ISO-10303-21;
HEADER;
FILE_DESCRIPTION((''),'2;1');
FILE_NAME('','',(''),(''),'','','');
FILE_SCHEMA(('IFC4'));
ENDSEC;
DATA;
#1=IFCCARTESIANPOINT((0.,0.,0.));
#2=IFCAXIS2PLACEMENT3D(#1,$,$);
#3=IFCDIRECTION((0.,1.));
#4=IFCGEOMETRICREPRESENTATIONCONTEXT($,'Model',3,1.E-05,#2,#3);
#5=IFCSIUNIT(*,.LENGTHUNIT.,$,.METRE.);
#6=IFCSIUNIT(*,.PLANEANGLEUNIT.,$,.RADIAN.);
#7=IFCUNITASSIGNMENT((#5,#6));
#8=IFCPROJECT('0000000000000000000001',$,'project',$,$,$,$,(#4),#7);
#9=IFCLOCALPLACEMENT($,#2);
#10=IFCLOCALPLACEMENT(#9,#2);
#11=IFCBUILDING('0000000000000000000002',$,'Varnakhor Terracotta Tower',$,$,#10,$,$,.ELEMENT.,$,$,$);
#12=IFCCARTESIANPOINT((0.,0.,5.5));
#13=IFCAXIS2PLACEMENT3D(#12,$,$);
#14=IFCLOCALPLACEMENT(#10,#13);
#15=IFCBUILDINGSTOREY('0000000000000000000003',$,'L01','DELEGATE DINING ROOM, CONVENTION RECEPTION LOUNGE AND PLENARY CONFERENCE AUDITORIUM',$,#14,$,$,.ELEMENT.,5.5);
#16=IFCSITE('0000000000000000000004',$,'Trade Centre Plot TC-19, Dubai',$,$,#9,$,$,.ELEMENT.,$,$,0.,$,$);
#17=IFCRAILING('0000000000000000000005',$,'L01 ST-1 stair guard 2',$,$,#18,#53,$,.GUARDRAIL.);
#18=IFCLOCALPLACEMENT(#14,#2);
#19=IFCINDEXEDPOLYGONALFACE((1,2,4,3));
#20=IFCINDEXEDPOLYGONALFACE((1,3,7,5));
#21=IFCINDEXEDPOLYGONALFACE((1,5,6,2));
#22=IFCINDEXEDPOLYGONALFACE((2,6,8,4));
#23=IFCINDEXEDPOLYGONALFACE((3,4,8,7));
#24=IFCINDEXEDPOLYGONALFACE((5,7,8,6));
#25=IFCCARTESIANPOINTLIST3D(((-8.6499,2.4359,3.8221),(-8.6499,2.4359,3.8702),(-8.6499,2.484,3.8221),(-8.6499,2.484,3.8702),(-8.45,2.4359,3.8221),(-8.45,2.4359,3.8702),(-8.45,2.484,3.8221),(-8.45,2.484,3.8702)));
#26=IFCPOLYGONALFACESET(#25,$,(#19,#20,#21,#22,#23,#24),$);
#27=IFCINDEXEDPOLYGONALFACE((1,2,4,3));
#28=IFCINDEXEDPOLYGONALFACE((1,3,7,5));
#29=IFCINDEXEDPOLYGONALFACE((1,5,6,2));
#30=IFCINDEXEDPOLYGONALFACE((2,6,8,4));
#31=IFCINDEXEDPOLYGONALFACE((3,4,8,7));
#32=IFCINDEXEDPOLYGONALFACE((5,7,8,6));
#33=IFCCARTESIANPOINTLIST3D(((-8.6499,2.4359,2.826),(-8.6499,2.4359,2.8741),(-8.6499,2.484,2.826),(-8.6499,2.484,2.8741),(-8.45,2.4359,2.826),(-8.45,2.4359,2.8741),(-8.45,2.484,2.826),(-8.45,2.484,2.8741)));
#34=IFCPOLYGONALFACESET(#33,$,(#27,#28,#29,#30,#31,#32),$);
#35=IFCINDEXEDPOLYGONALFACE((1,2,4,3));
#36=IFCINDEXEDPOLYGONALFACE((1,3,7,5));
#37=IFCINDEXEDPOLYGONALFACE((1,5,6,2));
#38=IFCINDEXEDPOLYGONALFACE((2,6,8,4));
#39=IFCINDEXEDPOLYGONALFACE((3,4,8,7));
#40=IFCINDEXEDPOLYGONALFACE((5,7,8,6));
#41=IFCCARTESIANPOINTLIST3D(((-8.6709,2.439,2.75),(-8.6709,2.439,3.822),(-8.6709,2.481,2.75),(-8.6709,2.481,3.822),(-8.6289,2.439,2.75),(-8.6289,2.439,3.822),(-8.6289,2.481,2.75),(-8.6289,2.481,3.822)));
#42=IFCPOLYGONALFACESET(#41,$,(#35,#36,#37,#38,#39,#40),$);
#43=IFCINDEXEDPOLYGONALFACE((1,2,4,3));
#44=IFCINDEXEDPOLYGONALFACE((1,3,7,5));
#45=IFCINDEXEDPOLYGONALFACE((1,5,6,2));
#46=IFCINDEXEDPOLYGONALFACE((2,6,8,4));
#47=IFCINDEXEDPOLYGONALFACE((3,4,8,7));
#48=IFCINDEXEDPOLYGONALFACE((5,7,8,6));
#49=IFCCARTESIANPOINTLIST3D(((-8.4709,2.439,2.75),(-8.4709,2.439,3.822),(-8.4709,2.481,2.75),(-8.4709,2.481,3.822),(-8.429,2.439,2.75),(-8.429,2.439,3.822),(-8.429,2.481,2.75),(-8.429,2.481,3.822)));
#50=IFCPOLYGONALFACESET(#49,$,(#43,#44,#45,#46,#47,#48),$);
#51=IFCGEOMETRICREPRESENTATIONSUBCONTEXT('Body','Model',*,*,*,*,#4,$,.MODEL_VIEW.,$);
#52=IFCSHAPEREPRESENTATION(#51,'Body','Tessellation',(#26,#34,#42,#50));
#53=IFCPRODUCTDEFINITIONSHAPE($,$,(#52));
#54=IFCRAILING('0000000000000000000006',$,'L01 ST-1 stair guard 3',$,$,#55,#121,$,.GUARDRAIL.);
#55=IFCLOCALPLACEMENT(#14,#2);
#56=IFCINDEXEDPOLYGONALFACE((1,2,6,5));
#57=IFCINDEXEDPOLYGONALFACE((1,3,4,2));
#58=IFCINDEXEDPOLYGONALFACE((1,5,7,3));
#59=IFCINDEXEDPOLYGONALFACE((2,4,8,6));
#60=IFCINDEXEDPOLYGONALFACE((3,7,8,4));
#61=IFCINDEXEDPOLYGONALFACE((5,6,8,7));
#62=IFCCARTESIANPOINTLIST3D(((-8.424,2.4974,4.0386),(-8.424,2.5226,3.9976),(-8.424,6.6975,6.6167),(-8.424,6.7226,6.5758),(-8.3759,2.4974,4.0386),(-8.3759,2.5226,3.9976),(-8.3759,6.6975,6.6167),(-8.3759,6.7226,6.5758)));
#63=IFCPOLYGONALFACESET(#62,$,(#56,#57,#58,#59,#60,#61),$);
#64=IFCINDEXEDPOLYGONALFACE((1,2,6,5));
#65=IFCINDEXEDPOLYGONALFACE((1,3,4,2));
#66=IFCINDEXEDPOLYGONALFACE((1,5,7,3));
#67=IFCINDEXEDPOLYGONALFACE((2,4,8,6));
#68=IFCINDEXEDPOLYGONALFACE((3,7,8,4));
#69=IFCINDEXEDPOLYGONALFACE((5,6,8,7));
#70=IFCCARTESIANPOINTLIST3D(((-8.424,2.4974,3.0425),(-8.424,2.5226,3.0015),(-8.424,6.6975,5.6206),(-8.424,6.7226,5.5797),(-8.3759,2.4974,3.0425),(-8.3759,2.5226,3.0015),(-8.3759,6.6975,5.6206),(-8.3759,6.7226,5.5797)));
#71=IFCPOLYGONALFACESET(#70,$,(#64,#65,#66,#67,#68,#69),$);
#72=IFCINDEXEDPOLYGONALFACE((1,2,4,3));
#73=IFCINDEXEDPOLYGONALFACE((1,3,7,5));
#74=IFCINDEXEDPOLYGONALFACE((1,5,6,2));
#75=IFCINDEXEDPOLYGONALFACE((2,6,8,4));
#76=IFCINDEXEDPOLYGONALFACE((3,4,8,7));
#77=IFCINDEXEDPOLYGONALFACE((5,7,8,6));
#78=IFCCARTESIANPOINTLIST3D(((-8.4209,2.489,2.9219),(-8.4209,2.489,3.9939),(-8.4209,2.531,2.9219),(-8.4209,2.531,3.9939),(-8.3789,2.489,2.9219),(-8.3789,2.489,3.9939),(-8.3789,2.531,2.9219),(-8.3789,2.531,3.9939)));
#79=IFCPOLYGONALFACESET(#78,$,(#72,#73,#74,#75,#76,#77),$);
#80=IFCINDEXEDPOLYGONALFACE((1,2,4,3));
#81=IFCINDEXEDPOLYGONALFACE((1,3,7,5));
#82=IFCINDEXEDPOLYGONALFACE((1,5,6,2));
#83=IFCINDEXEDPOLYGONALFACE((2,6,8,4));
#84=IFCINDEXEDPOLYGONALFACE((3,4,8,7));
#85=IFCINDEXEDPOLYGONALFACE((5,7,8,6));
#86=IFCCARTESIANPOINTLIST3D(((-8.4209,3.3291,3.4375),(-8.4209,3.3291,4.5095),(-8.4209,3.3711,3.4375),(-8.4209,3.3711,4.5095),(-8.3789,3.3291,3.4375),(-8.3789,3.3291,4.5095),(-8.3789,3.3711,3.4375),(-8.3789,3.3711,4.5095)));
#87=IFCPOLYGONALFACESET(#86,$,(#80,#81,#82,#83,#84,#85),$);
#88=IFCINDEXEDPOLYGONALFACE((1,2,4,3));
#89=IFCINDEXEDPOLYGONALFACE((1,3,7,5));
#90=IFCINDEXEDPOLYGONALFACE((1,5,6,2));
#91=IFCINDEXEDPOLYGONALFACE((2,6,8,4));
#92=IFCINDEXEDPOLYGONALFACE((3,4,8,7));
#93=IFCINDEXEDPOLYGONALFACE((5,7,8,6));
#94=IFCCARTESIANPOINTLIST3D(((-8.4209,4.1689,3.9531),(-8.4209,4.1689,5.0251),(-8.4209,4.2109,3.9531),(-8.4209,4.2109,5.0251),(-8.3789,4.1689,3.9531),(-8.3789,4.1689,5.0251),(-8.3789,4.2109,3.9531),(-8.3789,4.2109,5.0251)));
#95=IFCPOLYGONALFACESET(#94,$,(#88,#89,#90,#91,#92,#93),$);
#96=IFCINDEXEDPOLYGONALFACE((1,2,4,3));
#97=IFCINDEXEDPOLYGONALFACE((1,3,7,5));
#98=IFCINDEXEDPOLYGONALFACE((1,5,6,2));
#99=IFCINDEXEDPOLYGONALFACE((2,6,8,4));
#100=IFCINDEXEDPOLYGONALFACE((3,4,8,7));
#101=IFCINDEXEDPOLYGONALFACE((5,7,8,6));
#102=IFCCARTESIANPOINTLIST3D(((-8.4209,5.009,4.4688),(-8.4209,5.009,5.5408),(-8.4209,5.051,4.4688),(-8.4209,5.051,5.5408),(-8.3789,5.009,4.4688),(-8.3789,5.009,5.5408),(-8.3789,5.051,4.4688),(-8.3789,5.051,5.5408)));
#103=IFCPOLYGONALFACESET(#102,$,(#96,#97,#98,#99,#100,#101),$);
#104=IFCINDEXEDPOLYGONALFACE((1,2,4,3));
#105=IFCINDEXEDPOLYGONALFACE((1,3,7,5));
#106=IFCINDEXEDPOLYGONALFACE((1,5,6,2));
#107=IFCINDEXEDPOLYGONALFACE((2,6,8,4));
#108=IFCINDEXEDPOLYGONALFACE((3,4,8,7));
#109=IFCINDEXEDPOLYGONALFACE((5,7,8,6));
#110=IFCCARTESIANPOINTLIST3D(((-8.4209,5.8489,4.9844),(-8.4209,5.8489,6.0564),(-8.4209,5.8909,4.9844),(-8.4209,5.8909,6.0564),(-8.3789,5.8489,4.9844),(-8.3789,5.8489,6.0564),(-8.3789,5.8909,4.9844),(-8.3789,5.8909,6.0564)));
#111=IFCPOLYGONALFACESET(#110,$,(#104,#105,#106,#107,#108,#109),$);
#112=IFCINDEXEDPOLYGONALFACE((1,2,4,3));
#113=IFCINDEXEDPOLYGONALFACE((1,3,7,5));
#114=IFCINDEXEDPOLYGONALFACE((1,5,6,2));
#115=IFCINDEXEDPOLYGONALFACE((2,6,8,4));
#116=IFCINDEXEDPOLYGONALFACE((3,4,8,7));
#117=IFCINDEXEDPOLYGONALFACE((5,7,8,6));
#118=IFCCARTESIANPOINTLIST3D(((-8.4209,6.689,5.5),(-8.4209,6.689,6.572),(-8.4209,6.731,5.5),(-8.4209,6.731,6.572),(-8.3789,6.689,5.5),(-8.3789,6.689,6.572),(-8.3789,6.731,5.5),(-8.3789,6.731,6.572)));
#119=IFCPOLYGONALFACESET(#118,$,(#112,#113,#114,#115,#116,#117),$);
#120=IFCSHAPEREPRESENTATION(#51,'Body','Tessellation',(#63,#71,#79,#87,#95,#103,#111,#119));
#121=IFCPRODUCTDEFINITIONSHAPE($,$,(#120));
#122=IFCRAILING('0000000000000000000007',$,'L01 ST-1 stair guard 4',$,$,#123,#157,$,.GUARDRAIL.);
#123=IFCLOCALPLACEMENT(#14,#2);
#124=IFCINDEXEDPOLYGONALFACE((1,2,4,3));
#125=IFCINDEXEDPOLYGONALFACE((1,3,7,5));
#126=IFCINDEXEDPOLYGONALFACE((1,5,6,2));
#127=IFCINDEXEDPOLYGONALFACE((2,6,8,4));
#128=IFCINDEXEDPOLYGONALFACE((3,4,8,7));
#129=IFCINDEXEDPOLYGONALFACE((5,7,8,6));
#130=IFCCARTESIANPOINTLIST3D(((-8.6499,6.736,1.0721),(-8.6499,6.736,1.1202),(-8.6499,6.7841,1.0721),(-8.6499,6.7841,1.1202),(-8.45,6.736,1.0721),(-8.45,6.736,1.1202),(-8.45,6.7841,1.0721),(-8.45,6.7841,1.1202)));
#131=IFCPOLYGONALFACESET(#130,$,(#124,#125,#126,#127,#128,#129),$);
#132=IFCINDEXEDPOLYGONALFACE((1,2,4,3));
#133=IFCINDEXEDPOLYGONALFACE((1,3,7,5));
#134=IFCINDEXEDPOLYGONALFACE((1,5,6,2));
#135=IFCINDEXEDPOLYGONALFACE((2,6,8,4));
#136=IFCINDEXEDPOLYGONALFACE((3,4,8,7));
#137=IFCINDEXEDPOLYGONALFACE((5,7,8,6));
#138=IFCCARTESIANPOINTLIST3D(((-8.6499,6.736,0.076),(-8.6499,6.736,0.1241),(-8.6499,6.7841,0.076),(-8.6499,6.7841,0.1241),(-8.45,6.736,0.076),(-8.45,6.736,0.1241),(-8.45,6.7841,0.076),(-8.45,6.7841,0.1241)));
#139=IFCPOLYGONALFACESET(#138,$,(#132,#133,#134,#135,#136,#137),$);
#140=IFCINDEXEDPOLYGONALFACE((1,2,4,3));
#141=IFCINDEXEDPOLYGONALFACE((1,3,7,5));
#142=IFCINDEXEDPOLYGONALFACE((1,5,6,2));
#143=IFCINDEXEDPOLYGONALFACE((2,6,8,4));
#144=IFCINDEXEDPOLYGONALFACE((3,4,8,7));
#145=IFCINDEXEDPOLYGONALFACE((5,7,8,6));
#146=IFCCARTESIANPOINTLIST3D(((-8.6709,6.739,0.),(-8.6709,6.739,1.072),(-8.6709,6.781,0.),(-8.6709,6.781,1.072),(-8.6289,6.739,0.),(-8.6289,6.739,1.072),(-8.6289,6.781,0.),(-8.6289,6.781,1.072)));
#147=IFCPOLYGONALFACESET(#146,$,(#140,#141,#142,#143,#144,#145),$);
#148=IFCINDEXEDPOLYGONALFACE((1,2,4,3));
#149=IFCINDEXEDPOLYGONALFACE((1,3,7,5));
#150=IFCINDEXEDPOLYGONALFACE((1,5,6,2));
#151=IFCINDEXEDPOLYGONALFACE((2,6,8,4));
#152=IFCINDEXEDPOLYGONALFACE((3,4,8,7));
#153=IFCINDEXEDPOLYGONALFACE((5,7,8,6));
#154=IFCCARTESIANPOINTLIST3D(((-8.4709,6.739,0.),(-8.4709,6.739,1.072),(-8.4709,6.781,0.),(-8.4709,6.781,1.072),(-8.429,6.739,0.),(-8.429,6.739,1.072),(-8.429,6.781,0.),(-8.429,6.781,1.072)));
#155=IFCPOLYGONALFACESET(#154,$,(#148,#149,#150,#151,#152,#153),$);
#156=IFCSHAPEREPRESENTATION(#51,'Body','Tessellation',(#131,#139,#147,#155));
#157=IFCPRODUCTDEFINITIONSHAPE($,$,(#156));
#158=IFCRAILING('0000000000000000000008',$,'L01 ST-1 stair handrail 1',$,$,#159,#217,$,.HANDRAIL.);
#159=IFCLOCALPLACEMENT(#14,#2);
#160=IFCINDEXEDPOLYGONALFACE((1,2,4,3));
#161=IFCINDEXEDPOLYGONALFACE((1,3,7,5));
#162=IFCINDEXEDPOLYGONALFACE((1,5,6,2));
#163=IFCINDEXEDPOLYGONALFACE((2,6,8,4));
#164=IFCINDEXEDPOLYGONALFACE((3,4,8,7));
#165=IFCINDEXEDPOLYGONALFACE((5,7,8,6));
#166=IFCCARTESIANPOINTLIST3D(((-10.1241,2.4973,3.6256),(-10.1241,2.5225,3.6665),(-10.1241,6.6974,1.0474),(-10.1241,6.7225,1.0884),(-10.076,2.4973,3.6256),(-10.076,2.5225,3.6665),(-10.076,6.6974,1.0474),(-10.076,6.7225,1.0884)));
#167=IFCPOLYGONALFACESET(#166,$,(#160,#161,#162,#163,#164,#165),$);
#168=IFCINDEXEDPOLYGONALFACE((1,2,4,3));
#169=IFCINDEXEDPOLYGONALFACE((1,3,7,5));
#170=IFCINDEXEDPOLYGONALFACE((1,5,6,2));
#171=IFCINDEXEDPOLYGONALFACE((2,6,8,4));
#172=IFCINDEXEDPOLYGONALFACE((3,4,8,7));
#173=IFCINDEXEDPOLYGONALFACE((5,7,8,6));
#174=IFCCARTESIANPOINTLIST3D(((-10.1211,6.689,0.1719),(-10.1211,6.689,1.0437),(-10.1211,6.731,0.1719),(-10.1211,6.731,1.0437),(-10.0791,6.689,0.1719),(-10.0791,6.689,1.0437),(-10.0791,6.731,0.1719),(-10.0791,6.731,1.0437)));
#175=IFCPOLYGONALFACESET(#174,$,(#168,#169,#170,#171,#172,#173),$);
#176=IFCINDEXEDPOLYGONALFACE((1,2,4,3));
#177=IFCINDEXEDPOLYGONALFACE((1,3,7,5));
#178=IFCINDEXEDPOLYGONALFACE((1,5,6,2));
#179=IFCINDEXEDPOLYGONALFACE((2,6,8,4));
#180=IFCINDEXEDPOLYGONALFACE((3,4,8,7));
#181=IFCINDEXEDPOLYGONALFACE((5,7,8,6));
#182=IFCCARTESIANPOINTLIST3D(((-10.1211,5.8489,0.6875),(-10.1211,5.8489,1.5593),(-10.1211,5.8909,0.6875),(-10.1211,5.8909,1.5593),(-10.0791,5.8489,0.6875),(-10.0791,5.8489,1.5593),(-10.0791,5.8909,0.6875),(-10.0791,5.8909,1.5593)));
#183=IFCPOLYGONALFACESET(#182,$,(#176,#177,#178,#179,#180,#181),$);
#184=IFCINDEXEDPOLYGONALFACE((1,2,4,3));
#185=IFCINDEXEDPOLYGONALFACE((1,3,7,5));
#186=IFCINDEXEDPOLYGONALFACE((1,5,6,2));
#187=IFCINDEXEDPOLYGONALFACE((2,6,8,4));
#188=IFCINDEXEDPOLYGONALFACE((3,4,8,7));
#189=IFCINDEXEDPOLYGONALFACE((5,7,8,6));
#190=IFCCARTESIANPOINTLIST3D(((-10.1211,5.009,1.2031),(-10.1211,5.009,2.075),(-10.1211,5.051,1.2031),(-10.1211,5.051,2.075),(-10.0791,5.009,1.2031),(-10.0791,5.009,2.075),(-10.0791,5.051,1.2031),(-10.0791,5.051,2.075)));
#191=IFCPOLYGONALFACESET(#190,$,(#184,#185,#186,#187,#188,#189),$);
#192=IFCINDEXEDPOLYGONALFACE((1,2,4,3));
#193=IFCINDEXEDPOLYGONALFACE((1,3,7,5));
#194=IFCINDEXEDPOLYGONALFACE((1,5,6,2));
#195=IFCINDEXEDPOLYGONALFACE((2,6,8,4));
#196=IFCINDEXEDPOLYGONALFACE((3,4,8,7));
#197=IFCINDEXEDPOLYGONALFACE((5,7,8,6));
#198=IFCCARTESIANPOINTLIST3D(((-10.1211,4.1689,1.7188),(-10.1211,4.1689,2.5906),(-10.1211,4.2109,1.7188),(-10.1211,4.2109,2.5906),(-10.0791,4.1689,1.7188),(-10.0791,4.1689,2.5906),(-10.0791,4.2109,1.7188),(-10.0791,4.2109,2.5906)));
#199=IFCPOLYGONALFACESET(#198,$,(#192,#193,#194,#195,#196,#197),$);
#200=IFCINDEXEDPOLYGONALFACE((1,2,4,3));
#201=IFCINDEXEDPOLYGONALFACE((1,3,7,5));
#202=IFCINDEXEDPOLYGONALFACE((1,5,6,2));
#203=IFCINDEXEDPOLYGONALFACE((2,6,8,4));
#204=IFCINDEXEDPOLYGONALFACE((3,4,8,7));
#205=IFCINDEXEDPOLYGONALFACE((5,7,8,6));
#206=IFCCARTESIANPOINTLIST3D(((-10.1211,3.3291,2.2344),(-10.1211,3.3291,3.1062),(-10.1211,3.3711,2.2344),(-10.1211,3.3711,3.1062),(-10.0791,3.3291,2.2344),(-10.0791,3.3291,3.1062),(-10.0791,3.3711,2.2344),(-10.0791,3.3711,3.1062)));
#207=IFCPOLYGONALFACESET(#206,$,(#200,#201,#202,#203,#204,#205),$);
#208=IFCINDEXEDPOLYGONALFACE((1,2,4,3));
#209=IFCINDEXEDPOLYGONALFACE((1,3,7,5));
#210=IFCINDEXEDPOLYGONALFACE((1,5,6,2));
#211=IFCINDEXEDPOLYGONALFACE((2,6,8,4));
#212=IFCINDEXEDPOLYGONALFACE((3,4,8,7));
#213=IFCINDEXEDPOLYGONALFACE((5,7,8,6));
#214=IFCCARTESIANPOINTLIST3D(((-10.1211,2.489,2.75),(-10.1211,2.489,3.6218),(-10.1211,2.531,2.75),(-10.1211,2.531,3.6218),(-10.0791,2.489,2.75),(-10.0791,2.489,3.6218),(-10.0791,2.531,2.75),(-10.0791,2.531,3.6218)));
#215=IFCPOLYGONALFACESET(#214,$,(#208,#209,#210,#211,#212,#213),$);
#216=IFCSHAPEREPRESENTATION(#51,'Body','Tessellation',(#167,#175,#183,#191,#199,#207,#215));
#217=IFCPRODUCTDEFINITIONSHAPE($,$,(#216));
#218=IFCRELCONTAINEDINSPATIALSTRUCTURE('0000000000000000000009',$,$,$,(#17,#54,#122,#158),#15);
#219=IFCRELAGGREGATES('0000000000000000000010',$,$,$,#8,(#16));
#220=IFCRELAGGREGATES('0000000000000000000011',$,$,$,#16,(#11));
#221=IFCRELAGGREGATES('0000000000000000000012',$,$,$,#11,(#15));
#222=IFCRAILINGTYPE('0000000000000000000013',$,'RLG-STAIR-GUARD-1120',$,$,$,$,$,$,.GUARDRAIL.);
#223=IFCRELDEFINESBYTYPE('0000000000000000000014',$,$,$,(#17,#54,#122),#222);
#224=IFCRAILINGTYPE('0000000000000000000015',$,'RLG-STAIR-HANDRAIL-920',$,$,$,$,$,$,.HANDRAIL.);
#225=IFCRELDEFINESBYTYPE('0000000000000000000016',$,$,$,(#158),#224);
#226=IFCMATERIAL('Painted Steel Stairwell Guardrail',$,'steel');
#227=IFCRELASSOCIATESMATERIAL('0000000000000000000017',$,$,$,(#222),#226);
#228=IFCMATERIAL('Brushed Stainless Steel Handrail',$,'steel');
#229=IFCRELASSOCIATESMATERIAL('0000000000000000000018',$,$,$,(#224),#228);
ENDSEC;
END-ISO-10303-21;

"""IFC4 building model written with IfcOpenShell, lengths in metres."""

from ifc_helpers import new_model, si_unit, direction, frame, origin, origin_2d, place, context, subcontext, project, spatial, rectangle, extrude, material, type_object, element, save


model = new_model("IFC4")

# Units and contexts
model_context = context("Model", 3, precision=1e-05, world=origin(), true_north=direction((0.0, 1.0)))
body_context = subcontext(model_context, "Body", "Model", "MODEL_VIEW")
ifc_project = project(units=[si_unit("LENGTHUNIT", "METRE"), si_unit("PLANEANGLEUNIT", "RADIAN")], contexts=[model_context])

# Site, building, storey
site_placement = place(None, origin())
site = spatial("IfcSite", under=ifc_project, at=site_placement, Name="Trade Centre Plot TC-19, Dubai", CompositionType="ELEMENT", RefElevation=0.0)
building_placement = place(site_placement, origin())
building = spatial("IfcBuilding", under=site, at=building_placement, Name="Varnakhor Terracotta Tower", CompositionType="ELEMENT")
storey_placement = place(building_placement, frame((0.0, 0.0, 5.5)))
storey = spatial("IfcBuildingStorey", under=building, at=storey_placement, Name="L01", Description="DELEGATE DINING ROOM, CONVENTION RECEPTION LOUNGE AND PLENARY CONFERENCE AUDITORIUM", CompositionType="ELEMENT", Elevation=5.5)

# Railings
ifc_material_1 = material(Name="Painted Steel Stairwell Guardrail", Category="steel")
railing_type_1 = type_object("IfcRailingType", Name="RLG-STAIR-GUARD-1120", PredefinedType="GUARDRAIL", material=ifc_material_1)
railing_1_placement = place(storey_placement, frame((-8.6499, 2.46, 2.75)))
element("IfcRailing", 1, at=railing_1_placement, inside=storey, type_object=railing_type_1, Name="L01 ST-1 stair guard 2", PredefinedType="GUARDRAIL", context=body_context, shape_type="SweptSolid", body=[
    extrude(rectangle(XDim=0.0481, YDim=0.0481, at=origin_2d()), frame((0.0, 0.0, 1.0962), z_axis=(1.0, 0.0, 0.0), x_axis=(0.0, 1.0, 0.0)), (0.0, 0.0, 1.0), 0.2),
    extrude(rectangle(XDim=0.0481, YDim=0.0481, at=origin_2d()), frame((0.0, 0.0, 0.1001), z_axis=(1.0, 0.0, 0.0), x_axis=(0.0, 1.0, 0.0)), (0.0, 0.0, 1.0), 0.2),
    extrude(rectangle(XDim=0.042, YDim=0.042, at=origin_2d()), origin(), (0.0, 0.0, 1.0), 1.072),
    extrude(rectangle(XDim=0.042, YDim=0.042, at=origin_2d()), frame((0.2, 0.0, 0.0)), (0.0, 0.0, 1.0), 1.072),
])
railing_2_placement = place(storey_placement, frame((-8.3999, 2.51, 2.9219)))
element("IfcRailing", 2, at=railing_2_placement, inside=storey, type_object=railing_type_1, Name="L01 ST-1 stair guard 3", PredefinedType="GUARDRAIL", context=body_context, shape_type="SweptSolid", body=[
    extrude(rectangle(XDim=0.0481, YDim=0.0481, at=origin_2d()), frame((0.0, 0.0, 1.0962), z_axis=(0.0, 0.852243, 0.523146), x_axis=(-1.0, 0.0, 0.0)), (0.0, 0.0, 1.0), 4.9282),
    extrude(rectangle(XDim=0.0481, YDim=0.0481, at=origin_2d()), frame((0.0, 0.0, 0.1001), z_axis=(0.0, 0.852243, 0.523146), x_axis=(-1.0, 0.0, 0.0)), (0.0, 0.0, 1.0), 4.9282),
    extrude(rectangle(XDim=0.042, YDim=0.042, at=origin_2d()), origin(), (0.0, 0.0, 1.0), 1.072),
    extrude(rectangle(XDim=0.042, YDim=0.042, at=origin_2d()), frame((0.0, 0.8401, 0.5156)), (0.0, 0.0, 1.0), 1.072),
    extrude(rectangle(XDim=0.042, YDim=0.042, at=origin_2d()), frame((0.0, 1.6799, 1.0312)), (0.0, 0.0, 1.0), 1.072),
    extrude(rectangle(XDim=0.042, YDim=0.042, at=origin_2d()), frame((0.0, 2.52, 1.5469)), (0.0, 0.0, 1.0), 1.072),
    extrude(rectangle(XDim=0.042, YDim=0.042, at=origin_2d()), frame((0.0, 3.3599, 2.0625)), (0.0, 0.0, 1.0), 1.072),
    extrude(rectangle(XDim=0.042, YDim=0.042, at=origin_2d()), frame((0.0, 4.2, 2.5781)), (0.0, 0.0, 1.0), 1.072),
])
railing_3_placement = place(storey_placement, frame((-8.6499, 6.76, 0.0)))
element("IfcRailing", 3, at=railing_3_placement, inside=storey, type_object=railing_type_1, Name="L01 ST-1 stair guard 4", PredefinedType="GUARDRAIL", context=body_context, shape_type="SweptSolid", body=[
    extrude(rectangle(XDim=0.0481, YDim=0.0481, at=origin_2d()), frame((0.0, 0.0, 1.0962), z_axis=(1.0, 0.0, 0.0), x_axis=(0.0, 1.0, 0.0)), (0.0, 0.0, 1.0), 0.2),
    extrude(rectangle(XDim=0.0481, YDim=0.0481, at=origin_2d()), frame((0.0, 0.0, 0.1001), z_axis=(1.0, 0.0, 0.0), x_axis=(0.0, 1.0, 0.0)), (0.0, 0.0, 1.0), 0.2),
    extrude(rectangle(XDim=0.042, YDim=0.042, at=origin_2d()), origin(), (0.0, 0.0, 1.0), 1.072),
    extrude(rectangle(XDim=0.042, YDim=0.042, at=origin_2d()), frame((0.2, 0.0, 0.0)), (0.0, 0.0, 1.0), 1.072),
])
ifc_material_2 = material(Name="Brushed Stainless Steel Handrail", Category="steel")
railing_type_2 = type_object("IfcRailingType", Name="RLG-STAIR-HANDRAIL-920", PredefinedType="HANDRAIL", material=ifc_material_2)
railing_4_placement = place(storey_placement, frame((-10.1001, 6.71, 0.1719)))
element("IfcRailing", 4, at=railing_4_placement, inside=storey, type_object=railing_type_2, Name="L01 ST-1 stair handrail 1", PredefinedType="HANDRAIL", context=body_context, shape_type="SweptSolid", body=[
    extrude(rectangle(XDim=0.0481, YDim=0.0481, at=origin_2d()), frame((0.0, 0.0, 0.896), z_axis=(0.0, -0.852243, 0.523146), x_axis=(1.0, 0.0, 0.0)), (0.0, 0.0, 1.0), 4.9282),
    extrude(rectangle(XDim=0.042, YDim=0.042, at=origin_2d()), origin(), (0.0, 0.0, 1.0), 0.8718),
    extrude(rectangle(XDim=0.042, YDim=0.042, at=origin_2d()), frame((0.0, -0.8401, 0.5156)), (0.0, 0.0, 1.0), 0.8718),
    extrude(rectangle(XDim=0.042, YDim=0.042, at=origin_2d()), frame((0.0, -1.6799, 1.0312)), (0.0, 0.0, 1.0), 0.8718),
    extrude(rectangle(XDim=0.042, YDim=0.042, at=origin_2d()), frame((0.0, -2.52, 1.5469)), (0.0, 0.0, 1.0), 0.8718),
    extrude(rectangle(XDim=0.042, YDim=0.042, at=origin_2d()), frame((0.0, -3.3599, 2.0625)), (0.0, 0.0, 1.0), 0.8718),
    extrude(rectangle(XDim=0.042, YDim=0.042, at=origin_2d()), frame((0.0, -4.2, 2.5781)), (0.0, 0.0, 1.0), 0.8718),
])

save(model, "model.ifc")
